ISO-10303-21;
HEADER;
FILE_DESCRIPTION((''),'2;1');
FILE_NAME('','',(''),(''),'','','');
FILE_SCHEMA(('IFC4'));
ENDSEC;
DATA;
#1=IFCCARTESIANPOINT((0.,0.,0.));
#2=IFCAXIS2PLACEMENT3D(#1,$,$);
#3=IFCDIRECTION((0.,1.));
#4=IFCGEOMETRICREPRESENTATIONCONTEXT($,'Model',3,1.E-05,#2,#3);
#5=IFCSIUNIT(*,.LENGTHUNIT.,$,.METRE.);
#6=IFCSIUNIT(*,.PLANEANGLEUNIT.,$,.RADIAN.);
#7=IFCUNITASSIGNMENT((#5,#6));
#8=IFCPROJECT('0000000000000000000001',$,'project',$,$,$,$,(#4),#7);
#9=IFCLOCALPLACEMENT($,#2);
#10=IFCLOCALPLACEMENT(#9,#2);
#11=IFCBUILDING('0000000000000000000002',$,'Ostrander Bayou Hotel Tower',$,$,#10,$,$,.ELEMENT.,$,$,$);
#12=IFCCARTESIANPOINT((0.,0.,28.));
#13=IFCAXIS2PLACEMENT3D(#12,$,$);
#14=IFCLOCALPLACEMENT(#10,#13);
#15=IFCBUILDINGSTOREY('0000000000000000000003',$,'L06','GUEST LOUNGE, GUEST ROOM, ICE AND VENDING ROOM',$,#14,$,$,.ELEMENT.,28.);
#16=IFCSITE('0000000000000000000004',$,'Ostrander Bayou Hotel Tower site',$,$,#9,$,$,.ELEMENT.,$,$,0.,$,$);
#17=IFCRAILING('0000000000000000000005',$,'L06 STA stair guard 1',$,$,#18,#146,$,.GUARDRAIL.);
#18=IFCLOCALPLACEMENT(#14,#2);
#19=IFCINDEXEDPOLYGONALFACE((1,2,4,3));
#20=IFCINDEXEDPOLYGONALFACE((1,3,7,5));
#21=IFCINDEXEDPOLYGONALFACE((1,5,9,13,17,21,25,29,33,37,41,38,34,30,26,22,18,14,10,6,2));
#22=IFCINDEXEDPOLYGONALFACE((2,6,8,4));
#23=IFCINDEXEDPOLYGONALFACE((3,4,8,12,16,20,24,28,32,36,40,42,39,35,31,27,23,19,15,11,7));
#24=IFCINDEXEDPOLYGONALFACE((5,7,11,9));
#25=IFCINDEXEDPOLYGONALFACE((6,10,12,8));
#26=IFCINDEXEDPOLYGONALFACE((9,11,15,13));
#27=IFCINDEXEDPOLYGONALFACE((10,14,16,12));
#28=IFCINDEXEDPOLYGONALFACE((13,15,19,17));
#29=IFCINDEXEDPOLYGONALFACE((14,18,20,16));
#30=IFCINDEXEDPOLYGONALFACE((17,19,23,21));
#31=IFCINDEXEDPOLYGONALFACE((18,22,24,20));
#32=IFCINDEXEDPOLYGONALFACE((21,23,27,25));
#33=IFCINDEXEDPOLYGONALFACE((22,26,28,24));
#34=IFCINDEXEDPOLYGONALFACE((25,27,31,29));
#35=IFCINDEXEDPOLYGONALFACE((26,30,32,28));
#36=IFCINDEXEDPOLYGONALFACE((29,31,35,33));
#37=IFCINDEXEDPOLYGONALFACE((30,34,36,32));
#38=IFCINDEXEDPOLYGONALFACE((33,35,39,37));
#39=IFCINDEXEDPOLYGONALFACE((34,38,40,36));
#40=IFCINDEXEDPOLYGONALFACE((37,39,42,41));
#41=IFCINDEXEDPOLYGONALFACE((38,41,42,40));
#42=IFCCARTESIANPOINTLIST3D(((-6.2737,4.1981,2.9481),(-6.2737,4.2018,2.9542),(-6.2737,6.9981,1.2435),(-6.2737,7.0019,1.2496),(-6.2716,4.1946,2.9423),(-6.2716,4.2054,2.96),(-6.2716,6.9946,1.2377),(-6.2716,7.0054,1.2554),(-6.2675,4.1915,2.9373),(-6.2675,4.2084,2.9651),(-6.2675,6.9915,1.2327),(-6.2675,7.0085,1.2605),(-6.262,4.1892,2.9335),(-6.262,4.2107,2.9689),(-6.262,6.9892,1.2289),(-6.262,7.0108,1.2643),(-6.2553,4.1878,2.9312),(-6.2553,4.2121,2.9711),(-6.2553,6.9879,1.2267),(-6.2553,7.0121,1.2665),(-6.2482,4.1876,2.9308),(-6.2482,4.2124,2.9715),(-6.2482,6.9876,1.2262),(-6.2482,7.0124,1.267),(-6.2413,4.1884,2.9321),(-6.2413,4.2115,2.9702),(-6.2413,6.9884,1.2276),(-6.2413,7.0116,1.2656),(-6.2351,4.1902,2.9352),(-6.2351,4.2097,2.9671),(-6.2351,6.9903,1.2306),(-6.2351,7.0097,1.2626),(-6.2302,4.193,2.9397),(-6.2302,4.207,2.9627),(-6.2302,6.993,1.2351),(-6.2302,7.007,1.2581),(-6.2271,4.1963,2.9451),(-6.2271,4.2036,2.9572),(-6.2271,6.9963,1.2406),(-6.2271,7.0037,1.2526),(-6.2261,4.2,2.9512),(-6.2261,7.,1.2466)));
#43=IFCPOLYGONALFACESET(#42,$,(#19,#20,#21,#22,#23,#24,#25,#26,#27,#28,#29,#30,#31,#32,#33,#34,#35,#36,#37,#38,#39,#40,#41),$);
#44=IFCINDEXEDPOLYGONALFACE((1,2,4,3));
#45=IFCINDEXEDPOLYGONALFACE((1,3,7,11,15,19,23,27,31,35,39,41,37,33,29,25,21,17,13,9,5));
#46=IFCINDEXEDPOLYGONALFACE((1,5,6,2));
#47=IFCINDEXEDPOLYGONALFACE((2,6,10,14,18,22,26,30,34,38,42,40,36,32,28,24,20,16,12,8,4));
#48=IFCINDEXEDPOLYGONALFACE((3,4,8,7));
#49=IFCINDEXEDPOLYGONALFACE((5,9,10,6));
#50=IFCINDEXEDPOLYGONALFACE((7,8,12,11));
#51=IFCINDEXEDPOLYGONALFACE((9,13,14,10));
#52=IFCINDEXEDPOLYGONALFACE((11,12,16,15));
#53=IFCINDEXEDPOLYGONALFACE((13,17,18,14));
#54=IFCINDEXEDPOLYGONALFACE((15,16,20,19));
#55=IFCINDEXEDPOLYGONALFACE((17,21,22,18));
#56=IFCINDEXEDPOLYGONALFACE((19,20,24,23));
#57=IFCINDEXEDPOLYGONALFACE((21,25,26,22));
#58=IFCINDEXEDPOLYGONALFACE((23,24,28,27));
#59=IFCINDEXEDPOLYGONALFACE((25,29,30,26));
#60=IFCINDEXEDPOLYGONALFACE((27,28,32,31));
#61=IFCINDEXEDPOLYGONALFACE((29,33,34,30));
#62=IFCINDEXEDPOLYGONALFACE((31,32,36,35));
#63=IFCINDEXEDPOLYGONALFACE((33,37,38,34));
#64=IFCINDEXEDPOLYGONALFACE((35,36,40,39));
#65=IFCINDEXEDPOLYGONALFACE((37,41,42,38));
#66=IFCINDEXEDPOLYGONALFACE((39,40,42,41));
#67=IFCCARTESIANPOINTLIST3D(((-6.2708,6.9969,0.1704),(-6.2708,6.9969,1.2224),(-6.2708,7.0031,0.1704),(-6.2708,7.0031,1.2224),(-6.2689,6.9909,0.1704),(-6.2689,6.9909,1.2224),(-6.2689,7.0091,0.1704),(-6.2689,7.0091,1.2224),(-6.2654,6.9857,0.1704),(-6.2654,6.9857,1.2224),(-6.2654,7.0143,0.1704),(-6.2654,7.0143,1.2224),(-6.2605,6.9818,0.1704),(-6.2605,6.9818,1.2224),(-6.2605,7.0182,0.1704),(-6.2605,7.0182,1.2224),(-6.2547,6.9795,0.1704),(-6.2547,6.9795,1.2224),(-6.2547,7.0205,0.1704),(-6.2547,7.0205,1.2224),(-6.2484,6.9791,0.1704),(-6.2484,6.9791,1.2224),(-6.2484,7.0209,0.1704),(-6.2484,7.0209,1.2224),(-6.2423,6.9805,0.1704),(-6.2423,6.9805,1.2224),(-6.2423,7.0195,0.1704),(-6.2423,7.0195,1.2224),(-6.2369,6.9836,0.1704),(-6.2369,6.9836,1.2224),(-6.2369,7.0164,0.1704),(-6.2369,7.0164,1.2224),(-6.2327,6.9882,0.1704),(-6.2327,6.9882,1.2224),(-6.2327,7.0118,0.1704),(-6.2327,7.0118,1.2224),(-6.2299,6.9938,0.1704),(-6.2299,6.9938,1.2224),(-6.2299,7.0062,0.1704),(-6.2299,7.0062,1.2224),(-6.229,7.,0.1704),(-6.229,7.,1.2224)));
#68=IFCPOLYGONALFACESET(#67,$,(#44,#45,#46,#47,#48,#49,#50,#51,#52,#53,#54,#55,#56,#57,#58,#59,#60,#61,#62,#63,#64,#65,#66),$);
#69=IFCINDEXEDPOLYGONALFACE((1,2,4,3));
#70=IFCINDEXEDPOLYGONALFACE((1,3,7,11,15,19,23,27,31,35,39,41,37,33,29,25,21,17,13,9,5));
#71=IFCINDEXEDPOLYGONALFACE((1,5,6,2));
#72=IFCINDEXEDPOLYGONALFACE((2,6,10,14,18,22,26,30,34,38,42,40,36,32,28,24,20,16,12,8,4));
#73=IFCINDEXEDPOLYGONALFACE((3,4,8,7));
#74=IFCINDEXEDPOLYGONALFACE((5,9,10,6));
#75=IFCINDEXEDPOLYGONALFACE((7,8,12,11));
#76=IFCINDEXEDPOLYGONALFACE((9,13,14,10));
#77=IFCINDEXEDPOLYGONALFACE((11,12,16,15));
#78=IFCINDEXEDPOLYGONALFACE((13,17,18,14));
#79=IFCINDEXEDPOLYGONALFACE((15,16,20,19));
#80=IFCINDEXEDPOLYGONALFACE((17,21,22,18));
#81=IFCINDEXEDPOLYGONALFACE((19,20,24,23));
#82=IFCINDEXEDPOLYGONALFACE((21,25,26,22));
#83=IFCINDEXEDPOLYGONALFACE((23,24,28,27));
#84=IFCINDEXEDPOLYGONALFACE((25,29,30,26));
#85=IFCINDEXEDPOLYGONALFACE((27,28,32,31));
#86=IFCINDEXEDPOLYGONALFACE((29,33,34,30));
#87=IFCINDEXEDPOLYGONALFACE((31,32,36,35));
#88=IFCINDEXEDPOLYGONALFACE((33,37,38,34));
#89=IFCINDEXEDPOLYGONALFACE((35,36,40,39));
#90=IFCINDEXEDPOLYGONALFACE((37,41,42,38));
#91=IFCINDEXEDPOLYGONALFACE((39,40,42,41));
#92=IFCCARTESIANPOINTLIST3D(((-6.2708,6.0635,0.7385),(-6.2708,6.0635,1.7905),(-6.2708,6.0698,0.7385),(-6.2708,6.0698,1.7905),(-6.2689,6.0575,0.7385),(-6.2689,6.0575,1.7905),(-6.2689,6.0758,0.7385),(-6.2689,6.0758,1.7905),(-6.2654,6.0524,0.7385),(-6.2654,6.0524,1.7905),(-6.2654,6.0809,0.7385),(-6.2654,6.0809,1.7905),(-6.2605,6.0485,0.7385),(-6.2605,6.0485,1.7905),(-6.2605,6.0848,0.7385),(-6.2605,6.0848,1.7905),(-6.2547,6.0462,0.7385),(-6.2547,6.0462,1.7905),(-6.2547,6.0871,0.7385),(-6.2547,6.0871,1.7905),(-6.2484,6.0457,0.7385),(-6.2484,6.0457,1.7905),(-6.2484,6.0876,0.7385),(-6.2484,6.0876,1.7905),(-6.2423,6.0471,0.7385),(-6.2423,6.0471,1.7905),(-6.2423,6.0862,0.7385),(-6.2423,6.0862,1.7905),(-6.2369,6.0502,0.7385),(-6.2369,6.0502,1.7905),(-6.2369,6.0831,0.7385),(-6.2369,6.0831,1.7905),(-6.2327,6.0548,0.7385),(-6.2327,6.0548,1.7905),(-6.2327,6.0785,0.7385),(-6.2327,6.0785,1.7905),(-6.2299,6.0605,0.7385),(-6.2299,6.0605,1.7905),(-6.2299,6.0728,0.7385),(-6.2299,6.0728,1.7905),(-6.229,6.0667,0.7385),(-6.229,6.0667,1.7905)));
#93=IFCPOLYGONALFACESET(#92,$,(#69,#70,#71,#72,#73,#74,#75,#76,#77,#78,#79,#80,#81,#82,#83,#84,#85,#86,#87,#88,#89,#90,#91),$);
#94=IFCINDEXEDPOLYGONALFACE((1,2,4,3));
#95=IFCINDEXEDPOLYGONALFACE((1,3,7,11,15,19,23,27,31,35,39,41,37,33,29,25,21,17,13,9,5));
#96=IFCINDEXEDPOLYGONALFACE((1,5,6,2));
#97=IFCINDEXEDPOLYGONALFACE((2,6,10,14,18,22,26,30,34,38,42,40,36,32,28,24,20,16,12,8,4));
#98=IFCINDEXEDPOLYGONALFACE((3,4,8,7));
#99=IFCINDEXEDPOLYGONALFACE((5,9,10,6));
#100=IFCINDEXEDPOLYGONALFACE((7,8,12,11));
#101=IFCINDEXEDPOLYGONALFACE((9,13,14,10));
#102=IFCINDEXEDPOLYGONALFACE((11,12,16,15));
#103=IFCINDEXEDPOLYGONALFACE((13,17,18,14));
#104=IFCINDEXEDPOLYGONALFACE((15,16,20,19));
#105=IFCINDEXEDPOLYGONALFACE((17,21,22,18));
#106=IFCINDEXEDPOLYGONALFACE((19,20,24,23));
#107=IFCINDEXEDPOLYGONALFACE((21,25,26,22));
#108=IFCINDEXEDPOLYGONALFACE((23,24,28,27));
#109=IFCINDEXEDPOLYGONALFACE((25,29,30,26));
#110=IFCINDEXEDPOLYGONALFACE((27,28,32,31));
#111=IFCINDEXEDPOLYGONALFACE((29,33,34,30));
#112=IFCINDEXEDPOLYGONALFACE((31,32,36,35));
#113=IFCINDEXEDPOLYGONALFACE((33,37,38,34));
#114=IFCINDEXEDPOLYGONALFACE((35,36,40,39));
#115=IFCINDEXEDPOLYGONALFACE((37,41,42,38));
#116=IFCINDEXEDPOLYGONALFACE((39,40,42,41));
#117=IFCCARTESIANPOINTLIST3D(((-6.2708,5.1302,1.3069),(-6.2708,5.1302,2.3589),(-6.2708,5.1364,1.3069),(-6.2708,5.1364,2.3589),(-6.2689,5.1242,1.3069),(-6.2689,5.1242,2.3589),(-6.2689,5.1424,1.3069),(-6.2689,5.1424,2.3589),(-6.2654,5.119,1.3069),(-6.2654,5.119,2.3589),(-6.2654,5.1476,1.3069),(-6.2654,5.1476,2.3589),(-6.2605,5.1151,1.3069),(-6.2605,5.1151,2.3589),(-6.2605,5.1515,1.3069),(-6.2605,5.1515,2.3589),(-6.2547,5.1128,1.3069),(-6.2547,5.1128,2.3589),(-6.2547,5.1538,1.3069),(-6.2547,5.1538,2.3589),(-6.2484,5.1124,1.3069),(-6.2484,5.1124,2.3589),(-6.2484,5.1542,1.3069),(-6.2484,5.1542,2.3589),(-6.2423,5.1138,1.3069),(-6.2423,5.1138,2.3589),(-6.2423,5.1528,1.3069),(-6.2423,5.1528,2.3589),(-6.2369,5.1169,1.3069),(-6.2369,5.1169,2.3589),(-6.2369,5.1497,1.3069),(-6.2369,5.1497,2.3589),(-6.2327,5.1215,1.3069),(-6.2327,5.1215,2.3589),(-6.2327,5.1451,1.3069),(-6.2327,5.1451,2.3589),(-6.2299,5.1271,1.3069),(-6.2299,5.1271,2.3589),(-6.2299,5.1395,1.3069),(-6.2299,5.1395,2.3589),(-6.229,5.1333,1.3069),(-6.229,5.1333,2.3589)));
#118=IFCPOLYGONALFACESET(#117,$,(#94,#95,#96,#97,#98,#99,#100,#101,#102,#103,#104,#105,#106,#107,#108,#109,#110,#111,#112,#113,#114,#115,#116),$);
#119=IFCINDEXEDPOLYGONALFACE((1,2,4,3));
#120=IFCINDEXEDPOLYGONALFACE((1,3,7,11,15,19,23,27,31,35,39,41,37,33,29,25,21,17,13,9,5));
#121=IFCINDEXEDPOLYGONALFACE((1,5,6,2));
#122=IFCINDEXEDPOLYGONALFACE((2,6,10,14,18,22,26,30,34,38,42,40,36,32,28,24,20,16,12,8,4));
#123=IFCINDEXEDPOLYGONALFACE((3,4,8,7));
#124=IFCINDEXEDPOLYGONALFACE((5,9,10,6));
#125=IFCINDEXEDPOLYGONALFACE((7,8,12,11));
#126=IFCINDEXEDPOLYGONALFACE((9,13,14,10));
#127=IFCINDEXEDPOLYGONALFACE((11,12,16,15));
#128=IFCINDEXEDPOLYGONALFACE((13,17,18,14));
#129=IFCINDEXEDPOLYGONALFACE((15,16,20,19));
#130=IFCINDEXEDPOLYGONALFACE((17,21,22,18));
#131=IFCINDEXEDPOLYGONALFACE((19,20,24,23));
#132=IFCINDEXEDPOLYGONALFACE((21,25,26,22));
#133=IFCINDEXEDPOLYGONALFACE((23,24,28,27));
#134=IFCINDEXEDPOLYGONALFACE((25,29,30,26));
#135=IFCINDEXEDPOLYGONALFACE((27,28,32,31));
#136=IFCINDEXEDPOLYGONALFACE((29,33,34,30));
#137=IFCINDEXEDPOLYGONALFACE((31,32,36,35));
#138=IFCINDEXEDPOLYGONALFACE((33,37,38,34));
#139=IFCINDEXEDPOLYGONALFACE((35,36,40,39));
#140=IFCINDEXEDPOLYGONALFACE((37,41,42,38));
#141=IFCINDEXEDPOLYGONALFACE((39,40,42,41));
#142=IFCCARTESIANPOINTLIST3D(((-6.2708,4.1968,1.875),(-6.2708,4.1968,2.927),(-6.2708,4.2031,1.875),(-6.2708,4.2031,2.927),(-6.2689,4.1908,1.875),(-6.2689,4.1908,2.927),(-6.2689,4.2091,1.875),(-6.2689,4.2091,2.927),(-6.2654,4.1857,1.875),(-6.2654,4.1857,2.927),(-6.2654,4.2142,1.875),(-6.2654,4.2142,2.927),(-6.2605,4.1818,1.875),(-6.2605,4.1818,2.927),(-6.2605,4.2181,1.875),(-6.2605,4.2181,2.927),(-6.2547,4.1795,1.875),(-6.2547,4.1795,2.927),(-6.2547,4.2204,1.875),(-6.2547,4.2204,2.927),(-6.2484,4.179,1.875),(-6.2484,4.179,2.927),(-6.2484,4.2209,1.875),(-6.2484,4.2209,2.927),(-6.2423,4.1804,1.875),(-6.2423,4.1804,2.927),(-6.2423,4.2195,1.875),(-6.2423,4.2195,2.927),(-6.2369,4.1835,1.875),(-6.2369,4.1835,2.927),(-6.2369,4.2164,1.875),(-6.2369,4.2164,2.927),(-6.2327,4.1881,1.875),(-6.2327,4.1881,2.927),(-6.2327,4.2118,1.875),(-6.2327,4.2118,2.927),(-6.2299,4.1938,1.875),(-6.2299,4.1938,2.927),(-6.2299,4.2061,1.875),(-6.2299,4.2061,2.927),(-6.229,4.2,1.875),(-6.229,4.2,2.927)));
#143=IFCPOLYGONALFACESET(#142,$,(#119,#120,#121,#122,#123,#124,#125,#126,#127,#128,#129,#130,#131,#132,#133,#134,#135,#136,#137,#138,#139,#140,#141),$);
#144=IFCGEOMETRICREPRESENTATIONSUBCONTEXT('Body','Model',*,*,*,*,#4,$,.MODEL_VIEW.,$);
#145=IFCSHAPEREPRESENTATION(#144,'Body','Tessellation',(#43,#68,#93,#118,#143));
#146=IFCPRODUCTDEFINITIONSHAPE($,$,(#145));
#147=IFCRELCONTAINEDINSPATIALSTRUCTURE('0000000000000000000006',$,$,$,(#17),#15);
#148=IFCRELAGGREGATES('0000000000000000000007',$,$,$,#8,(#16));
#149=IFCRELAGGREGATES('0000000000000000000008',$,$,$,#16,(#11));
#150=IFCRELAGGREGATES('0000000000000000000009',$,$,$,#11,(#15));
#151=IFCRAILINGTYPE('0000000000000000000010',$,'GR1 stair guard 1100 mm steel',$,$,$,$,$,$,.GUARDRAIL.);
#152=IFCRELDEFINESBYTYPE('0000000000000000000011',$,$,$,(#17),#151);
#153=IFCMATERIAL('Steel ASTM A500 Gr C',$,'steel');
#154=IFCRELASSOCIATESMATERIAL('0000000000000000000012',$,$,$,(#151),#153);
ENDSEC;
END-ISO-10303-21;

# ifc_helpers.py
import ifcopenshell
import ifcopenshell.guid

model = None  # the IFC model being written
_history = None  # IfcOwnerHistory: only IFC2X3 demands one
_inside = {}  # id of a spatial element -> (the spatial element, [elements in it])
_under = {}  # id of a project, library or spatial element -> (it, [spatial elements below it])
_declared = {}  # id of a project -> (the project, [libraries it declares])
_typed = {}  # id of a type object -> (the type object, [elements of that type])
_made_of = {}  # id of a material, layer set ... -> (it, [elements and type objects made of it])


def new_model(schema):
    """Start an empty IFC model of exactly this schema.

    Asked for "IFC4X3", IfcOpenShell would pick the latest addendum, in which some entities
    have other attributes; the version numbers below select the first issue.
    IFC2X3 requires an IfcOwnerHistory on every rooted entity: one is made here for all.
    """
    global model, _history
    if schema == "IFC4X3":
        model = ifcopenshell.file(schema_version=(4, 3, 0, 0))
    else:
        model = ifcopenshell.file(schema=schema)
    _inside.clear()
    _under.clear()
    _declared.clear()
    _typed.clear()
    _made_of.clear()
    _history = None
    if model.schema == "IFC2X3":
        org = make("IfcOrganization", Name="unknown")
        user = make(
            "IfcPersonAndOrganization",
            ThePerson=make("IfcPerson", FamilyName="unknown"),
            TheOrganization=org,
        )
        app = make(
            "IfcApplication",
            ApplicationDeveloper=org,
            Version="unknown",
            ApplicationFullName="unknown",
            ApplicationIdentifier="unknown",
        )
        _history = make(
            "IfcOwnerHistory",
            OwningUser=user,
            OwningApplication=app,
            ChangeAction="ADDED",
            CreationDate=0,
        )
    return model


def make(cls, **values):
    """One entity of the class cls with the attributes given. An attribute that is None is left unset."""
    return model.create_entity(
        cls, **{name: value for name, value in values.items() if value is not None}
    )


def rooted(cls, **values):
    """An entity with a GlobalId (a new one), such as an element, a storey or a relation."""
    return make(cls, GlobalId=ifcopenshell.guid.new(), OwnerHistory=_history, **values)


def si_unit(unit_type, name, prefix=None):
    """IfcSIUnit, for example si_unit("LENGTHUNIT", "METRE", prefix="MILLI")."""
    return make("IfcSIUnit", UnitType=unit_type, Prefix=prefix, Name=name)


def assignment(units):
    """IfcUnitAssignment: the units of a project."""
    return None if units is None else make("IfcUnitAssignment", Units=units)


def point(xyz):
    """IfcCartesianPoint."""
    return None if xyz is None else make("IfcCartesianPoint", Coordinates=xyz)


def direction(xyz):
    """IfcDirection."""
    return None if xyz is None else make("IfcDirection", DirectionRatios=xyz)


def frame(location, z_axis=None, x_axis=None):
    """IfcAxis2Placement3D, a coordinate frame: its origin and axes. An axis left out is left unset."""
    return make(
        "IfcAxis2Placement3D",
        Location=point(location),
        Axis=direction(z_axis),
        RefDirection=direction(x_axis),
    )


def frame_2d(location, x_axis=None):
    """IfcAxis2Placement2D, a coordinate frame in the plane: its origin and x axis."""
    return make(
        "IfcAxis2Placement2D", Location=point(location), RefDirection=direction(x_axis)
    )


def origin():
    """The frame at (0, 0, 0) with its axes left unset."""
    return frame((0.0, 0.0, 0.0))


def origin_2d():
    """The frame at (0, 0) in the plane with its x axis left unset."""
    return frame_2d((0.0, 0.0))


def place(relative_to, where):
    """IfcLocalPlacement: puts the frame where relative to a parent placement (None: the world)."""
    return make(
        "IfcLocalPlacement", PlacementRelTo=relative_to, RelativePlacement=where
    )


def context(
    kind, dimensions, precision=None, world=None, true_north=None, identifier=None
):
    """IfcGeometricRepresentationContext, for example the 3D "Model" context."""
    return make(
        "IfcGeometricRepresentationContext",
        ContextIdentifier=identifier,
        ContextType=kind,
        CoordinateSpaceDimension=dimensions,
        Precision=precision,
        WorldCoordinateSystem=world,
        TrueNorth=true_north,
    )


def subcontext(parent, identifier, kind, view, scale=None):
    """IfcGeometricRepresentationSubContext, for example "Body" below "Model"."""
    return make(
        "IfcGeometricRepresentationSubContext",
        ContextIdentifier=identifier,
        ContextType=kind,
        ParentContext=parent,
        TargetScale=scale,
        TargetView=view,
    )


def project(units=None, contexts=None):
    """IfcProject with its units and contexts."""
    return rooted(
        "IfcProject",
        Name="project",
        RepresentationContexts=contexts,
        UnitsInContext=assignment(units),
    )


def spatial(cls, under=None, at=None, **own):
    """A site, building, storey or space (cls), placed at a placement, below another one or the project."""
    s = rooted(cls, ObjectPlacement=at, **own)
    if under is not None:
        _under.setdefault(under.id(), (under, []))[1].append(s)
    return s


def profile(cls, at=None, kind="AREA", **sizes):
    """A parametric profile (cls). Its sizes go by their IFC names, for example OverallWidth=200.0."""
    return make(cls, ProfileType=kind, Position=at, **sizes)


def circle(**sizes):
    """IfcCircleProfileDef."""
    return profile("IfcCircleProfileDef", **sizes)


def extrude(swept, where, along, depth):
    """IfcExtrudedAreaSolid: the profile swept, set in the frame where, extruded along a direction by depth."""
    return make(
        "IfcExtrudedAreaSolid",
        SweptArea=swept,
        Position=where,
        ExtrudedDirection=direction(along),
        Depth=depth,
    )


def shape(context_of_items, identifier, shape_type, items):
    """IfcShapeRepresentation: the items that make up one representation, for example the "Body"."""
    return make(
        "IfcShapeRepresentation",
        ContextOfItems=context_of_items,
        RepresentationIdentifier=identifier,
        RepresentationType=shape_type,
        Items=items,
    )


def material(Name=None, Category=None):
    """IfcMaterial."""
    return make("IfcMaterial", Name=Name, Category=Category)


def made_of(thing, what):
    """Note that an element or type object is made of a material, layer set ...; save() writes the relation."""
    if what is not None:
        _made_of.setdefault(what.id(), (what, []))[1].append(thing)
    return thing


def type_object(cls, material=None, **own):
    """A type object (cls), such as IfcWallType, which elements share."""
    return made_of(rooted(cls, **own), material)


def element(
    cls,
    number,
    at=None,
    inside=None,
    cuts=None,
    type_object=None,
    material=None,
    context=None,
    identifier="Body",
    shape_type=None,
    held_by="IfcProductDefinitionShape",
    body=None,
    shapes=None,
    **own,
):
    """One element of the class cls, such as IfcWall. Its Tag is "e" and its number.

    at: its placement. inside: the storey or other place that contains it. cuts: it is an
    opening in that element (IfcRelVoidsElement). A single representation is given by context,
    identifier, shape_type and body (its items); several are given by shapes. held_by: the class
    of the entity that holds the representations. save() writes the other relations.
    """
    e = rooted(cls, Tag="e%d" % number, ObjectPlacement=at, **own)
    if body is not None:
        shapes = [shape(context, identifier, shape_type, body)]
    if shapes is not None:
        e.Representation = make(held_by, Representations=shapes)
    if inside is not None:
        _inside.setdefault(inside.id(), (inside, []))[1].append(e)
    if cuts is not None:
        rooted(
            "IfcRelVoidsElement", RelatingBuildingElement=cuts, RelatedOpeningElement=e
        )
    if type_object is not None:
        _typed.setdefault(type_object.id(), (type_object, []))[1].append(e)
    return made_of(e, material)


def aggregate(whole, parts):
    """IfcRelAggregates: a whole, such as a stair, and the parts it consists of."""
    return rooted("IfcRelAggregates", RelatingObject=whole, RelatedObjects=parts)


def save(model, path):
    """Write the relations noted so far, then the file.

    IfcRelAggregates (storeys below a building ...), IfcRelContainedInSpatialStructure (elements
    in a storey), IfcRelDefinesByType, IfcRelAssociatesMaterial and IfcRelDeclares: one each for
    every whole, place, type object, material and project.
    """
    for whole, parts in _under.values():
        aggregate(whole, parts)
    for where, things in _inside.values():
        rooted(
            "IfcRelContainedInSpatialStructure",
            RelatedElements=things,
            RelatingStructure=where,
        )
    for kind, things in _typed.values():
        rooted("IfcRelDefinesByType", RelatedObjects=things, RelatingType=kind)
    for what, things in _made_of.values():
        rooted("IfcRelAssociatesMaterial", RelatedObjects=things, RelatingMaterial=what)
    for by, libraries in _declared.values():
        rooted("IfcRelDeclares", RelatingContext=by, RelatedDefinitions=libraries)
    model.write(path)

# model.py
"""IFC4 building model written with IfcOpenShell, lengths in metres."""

from ifc_helpers import new_model, si_unit, direction, frame, origin, origin_2d, place, context, subcontext, project, spatial, circle, extrude, material, type_object, element, save


model = new_model("IFC4")

# Units and contexts
model_context = context("Model", 3, precision=1e-05, world=origin(), true_north=direction((0.0, 1.0)))
body_context = subcontext(model_context, "Body", "Model", "MODEL_VIEW")
ifc_project = project(units=[si_unit("LENGTHUNIT", "METRE"), si_unit("PLANEANGLEUNIT", "RADIAN")], contexts=[model_context])

# Site, building, storey
site_placement = place(None, origin())
site = spatial("IfcSite", under=ifc_project, at=site_placement, Name="Ostrander Bayou Hotel Tower site", CompositionType="ELEMENT", RefElevation=0.0)
building_placement = place(site_placement, origin())
building = spatial("IfcBuilding", under=site, at=building_placement, Name="Ostrander Bayou Hotel Tower", CompositionType="ELEMENT")
storey_placement = place(building_placement, frame((0.0, 0.0, 28.0)))
storey = spatial("IfcBuildingStorey", under=building, at=storey_placement, Name="L06", Description="GUEST LOUNGE, GUEST ROOM, ICE AND VENDING ROOM", CompositionType="ELEMENT", Elevation=28.0)

# Railing
ifc_material_1 = material(Name="Steel ASTM A500 Gr C", Category="steel")
railing_type_1 = type_object("IfcRailingType", Name="GR1 stair guard 1100 mm steel", PredefinedType="GUARDRAIL", material=ifc_material_1)
railing_1_placement = place(storey_placement, frame((-6.25, 7.0, 0.1704)))
element("IfcRailing", 1, at=railing_1_placement, inside=storey, type_object=railing_type_1, Name="L06 STA stair guard 1", PredefinedType="GUARDRAIL", context=body_context, shape_type="SweptSolid", body=[
    extrude(circle(Radius=0.0239, at=origin_2d()), frame((0.0, 0.0, 1.0762), z_axis=(0.0, -0.85417, 0.519994), x_axis=(1.0, 0.0, 0.0)), (0.0, 0.0, 1.0), 3.2781),
    extrude(circle(Radius=0.021, at=origin_2d()), origin(), (0.0, 0.0, 1.0), 1.052),
    extrude(circle(Radius=0.021, at=origin_2d()), frame((0.0, -0.9333, 0.5681)), (0.0, 0.0, 1.0), 1.052),
    extrude(circle(Radius=0.021, at=origin_2d()), frame((0.0, -1.8667, 1.1365)), (0.0, 0.0, 1.0), 1.052),
    extrude(circle(Radius=0.021, at=origin_2d()), frame((0.0, -2.8, 1.7046)), (0.0, 0.0, 1.0), 1.052),
])

save(model, "model.ifc")
